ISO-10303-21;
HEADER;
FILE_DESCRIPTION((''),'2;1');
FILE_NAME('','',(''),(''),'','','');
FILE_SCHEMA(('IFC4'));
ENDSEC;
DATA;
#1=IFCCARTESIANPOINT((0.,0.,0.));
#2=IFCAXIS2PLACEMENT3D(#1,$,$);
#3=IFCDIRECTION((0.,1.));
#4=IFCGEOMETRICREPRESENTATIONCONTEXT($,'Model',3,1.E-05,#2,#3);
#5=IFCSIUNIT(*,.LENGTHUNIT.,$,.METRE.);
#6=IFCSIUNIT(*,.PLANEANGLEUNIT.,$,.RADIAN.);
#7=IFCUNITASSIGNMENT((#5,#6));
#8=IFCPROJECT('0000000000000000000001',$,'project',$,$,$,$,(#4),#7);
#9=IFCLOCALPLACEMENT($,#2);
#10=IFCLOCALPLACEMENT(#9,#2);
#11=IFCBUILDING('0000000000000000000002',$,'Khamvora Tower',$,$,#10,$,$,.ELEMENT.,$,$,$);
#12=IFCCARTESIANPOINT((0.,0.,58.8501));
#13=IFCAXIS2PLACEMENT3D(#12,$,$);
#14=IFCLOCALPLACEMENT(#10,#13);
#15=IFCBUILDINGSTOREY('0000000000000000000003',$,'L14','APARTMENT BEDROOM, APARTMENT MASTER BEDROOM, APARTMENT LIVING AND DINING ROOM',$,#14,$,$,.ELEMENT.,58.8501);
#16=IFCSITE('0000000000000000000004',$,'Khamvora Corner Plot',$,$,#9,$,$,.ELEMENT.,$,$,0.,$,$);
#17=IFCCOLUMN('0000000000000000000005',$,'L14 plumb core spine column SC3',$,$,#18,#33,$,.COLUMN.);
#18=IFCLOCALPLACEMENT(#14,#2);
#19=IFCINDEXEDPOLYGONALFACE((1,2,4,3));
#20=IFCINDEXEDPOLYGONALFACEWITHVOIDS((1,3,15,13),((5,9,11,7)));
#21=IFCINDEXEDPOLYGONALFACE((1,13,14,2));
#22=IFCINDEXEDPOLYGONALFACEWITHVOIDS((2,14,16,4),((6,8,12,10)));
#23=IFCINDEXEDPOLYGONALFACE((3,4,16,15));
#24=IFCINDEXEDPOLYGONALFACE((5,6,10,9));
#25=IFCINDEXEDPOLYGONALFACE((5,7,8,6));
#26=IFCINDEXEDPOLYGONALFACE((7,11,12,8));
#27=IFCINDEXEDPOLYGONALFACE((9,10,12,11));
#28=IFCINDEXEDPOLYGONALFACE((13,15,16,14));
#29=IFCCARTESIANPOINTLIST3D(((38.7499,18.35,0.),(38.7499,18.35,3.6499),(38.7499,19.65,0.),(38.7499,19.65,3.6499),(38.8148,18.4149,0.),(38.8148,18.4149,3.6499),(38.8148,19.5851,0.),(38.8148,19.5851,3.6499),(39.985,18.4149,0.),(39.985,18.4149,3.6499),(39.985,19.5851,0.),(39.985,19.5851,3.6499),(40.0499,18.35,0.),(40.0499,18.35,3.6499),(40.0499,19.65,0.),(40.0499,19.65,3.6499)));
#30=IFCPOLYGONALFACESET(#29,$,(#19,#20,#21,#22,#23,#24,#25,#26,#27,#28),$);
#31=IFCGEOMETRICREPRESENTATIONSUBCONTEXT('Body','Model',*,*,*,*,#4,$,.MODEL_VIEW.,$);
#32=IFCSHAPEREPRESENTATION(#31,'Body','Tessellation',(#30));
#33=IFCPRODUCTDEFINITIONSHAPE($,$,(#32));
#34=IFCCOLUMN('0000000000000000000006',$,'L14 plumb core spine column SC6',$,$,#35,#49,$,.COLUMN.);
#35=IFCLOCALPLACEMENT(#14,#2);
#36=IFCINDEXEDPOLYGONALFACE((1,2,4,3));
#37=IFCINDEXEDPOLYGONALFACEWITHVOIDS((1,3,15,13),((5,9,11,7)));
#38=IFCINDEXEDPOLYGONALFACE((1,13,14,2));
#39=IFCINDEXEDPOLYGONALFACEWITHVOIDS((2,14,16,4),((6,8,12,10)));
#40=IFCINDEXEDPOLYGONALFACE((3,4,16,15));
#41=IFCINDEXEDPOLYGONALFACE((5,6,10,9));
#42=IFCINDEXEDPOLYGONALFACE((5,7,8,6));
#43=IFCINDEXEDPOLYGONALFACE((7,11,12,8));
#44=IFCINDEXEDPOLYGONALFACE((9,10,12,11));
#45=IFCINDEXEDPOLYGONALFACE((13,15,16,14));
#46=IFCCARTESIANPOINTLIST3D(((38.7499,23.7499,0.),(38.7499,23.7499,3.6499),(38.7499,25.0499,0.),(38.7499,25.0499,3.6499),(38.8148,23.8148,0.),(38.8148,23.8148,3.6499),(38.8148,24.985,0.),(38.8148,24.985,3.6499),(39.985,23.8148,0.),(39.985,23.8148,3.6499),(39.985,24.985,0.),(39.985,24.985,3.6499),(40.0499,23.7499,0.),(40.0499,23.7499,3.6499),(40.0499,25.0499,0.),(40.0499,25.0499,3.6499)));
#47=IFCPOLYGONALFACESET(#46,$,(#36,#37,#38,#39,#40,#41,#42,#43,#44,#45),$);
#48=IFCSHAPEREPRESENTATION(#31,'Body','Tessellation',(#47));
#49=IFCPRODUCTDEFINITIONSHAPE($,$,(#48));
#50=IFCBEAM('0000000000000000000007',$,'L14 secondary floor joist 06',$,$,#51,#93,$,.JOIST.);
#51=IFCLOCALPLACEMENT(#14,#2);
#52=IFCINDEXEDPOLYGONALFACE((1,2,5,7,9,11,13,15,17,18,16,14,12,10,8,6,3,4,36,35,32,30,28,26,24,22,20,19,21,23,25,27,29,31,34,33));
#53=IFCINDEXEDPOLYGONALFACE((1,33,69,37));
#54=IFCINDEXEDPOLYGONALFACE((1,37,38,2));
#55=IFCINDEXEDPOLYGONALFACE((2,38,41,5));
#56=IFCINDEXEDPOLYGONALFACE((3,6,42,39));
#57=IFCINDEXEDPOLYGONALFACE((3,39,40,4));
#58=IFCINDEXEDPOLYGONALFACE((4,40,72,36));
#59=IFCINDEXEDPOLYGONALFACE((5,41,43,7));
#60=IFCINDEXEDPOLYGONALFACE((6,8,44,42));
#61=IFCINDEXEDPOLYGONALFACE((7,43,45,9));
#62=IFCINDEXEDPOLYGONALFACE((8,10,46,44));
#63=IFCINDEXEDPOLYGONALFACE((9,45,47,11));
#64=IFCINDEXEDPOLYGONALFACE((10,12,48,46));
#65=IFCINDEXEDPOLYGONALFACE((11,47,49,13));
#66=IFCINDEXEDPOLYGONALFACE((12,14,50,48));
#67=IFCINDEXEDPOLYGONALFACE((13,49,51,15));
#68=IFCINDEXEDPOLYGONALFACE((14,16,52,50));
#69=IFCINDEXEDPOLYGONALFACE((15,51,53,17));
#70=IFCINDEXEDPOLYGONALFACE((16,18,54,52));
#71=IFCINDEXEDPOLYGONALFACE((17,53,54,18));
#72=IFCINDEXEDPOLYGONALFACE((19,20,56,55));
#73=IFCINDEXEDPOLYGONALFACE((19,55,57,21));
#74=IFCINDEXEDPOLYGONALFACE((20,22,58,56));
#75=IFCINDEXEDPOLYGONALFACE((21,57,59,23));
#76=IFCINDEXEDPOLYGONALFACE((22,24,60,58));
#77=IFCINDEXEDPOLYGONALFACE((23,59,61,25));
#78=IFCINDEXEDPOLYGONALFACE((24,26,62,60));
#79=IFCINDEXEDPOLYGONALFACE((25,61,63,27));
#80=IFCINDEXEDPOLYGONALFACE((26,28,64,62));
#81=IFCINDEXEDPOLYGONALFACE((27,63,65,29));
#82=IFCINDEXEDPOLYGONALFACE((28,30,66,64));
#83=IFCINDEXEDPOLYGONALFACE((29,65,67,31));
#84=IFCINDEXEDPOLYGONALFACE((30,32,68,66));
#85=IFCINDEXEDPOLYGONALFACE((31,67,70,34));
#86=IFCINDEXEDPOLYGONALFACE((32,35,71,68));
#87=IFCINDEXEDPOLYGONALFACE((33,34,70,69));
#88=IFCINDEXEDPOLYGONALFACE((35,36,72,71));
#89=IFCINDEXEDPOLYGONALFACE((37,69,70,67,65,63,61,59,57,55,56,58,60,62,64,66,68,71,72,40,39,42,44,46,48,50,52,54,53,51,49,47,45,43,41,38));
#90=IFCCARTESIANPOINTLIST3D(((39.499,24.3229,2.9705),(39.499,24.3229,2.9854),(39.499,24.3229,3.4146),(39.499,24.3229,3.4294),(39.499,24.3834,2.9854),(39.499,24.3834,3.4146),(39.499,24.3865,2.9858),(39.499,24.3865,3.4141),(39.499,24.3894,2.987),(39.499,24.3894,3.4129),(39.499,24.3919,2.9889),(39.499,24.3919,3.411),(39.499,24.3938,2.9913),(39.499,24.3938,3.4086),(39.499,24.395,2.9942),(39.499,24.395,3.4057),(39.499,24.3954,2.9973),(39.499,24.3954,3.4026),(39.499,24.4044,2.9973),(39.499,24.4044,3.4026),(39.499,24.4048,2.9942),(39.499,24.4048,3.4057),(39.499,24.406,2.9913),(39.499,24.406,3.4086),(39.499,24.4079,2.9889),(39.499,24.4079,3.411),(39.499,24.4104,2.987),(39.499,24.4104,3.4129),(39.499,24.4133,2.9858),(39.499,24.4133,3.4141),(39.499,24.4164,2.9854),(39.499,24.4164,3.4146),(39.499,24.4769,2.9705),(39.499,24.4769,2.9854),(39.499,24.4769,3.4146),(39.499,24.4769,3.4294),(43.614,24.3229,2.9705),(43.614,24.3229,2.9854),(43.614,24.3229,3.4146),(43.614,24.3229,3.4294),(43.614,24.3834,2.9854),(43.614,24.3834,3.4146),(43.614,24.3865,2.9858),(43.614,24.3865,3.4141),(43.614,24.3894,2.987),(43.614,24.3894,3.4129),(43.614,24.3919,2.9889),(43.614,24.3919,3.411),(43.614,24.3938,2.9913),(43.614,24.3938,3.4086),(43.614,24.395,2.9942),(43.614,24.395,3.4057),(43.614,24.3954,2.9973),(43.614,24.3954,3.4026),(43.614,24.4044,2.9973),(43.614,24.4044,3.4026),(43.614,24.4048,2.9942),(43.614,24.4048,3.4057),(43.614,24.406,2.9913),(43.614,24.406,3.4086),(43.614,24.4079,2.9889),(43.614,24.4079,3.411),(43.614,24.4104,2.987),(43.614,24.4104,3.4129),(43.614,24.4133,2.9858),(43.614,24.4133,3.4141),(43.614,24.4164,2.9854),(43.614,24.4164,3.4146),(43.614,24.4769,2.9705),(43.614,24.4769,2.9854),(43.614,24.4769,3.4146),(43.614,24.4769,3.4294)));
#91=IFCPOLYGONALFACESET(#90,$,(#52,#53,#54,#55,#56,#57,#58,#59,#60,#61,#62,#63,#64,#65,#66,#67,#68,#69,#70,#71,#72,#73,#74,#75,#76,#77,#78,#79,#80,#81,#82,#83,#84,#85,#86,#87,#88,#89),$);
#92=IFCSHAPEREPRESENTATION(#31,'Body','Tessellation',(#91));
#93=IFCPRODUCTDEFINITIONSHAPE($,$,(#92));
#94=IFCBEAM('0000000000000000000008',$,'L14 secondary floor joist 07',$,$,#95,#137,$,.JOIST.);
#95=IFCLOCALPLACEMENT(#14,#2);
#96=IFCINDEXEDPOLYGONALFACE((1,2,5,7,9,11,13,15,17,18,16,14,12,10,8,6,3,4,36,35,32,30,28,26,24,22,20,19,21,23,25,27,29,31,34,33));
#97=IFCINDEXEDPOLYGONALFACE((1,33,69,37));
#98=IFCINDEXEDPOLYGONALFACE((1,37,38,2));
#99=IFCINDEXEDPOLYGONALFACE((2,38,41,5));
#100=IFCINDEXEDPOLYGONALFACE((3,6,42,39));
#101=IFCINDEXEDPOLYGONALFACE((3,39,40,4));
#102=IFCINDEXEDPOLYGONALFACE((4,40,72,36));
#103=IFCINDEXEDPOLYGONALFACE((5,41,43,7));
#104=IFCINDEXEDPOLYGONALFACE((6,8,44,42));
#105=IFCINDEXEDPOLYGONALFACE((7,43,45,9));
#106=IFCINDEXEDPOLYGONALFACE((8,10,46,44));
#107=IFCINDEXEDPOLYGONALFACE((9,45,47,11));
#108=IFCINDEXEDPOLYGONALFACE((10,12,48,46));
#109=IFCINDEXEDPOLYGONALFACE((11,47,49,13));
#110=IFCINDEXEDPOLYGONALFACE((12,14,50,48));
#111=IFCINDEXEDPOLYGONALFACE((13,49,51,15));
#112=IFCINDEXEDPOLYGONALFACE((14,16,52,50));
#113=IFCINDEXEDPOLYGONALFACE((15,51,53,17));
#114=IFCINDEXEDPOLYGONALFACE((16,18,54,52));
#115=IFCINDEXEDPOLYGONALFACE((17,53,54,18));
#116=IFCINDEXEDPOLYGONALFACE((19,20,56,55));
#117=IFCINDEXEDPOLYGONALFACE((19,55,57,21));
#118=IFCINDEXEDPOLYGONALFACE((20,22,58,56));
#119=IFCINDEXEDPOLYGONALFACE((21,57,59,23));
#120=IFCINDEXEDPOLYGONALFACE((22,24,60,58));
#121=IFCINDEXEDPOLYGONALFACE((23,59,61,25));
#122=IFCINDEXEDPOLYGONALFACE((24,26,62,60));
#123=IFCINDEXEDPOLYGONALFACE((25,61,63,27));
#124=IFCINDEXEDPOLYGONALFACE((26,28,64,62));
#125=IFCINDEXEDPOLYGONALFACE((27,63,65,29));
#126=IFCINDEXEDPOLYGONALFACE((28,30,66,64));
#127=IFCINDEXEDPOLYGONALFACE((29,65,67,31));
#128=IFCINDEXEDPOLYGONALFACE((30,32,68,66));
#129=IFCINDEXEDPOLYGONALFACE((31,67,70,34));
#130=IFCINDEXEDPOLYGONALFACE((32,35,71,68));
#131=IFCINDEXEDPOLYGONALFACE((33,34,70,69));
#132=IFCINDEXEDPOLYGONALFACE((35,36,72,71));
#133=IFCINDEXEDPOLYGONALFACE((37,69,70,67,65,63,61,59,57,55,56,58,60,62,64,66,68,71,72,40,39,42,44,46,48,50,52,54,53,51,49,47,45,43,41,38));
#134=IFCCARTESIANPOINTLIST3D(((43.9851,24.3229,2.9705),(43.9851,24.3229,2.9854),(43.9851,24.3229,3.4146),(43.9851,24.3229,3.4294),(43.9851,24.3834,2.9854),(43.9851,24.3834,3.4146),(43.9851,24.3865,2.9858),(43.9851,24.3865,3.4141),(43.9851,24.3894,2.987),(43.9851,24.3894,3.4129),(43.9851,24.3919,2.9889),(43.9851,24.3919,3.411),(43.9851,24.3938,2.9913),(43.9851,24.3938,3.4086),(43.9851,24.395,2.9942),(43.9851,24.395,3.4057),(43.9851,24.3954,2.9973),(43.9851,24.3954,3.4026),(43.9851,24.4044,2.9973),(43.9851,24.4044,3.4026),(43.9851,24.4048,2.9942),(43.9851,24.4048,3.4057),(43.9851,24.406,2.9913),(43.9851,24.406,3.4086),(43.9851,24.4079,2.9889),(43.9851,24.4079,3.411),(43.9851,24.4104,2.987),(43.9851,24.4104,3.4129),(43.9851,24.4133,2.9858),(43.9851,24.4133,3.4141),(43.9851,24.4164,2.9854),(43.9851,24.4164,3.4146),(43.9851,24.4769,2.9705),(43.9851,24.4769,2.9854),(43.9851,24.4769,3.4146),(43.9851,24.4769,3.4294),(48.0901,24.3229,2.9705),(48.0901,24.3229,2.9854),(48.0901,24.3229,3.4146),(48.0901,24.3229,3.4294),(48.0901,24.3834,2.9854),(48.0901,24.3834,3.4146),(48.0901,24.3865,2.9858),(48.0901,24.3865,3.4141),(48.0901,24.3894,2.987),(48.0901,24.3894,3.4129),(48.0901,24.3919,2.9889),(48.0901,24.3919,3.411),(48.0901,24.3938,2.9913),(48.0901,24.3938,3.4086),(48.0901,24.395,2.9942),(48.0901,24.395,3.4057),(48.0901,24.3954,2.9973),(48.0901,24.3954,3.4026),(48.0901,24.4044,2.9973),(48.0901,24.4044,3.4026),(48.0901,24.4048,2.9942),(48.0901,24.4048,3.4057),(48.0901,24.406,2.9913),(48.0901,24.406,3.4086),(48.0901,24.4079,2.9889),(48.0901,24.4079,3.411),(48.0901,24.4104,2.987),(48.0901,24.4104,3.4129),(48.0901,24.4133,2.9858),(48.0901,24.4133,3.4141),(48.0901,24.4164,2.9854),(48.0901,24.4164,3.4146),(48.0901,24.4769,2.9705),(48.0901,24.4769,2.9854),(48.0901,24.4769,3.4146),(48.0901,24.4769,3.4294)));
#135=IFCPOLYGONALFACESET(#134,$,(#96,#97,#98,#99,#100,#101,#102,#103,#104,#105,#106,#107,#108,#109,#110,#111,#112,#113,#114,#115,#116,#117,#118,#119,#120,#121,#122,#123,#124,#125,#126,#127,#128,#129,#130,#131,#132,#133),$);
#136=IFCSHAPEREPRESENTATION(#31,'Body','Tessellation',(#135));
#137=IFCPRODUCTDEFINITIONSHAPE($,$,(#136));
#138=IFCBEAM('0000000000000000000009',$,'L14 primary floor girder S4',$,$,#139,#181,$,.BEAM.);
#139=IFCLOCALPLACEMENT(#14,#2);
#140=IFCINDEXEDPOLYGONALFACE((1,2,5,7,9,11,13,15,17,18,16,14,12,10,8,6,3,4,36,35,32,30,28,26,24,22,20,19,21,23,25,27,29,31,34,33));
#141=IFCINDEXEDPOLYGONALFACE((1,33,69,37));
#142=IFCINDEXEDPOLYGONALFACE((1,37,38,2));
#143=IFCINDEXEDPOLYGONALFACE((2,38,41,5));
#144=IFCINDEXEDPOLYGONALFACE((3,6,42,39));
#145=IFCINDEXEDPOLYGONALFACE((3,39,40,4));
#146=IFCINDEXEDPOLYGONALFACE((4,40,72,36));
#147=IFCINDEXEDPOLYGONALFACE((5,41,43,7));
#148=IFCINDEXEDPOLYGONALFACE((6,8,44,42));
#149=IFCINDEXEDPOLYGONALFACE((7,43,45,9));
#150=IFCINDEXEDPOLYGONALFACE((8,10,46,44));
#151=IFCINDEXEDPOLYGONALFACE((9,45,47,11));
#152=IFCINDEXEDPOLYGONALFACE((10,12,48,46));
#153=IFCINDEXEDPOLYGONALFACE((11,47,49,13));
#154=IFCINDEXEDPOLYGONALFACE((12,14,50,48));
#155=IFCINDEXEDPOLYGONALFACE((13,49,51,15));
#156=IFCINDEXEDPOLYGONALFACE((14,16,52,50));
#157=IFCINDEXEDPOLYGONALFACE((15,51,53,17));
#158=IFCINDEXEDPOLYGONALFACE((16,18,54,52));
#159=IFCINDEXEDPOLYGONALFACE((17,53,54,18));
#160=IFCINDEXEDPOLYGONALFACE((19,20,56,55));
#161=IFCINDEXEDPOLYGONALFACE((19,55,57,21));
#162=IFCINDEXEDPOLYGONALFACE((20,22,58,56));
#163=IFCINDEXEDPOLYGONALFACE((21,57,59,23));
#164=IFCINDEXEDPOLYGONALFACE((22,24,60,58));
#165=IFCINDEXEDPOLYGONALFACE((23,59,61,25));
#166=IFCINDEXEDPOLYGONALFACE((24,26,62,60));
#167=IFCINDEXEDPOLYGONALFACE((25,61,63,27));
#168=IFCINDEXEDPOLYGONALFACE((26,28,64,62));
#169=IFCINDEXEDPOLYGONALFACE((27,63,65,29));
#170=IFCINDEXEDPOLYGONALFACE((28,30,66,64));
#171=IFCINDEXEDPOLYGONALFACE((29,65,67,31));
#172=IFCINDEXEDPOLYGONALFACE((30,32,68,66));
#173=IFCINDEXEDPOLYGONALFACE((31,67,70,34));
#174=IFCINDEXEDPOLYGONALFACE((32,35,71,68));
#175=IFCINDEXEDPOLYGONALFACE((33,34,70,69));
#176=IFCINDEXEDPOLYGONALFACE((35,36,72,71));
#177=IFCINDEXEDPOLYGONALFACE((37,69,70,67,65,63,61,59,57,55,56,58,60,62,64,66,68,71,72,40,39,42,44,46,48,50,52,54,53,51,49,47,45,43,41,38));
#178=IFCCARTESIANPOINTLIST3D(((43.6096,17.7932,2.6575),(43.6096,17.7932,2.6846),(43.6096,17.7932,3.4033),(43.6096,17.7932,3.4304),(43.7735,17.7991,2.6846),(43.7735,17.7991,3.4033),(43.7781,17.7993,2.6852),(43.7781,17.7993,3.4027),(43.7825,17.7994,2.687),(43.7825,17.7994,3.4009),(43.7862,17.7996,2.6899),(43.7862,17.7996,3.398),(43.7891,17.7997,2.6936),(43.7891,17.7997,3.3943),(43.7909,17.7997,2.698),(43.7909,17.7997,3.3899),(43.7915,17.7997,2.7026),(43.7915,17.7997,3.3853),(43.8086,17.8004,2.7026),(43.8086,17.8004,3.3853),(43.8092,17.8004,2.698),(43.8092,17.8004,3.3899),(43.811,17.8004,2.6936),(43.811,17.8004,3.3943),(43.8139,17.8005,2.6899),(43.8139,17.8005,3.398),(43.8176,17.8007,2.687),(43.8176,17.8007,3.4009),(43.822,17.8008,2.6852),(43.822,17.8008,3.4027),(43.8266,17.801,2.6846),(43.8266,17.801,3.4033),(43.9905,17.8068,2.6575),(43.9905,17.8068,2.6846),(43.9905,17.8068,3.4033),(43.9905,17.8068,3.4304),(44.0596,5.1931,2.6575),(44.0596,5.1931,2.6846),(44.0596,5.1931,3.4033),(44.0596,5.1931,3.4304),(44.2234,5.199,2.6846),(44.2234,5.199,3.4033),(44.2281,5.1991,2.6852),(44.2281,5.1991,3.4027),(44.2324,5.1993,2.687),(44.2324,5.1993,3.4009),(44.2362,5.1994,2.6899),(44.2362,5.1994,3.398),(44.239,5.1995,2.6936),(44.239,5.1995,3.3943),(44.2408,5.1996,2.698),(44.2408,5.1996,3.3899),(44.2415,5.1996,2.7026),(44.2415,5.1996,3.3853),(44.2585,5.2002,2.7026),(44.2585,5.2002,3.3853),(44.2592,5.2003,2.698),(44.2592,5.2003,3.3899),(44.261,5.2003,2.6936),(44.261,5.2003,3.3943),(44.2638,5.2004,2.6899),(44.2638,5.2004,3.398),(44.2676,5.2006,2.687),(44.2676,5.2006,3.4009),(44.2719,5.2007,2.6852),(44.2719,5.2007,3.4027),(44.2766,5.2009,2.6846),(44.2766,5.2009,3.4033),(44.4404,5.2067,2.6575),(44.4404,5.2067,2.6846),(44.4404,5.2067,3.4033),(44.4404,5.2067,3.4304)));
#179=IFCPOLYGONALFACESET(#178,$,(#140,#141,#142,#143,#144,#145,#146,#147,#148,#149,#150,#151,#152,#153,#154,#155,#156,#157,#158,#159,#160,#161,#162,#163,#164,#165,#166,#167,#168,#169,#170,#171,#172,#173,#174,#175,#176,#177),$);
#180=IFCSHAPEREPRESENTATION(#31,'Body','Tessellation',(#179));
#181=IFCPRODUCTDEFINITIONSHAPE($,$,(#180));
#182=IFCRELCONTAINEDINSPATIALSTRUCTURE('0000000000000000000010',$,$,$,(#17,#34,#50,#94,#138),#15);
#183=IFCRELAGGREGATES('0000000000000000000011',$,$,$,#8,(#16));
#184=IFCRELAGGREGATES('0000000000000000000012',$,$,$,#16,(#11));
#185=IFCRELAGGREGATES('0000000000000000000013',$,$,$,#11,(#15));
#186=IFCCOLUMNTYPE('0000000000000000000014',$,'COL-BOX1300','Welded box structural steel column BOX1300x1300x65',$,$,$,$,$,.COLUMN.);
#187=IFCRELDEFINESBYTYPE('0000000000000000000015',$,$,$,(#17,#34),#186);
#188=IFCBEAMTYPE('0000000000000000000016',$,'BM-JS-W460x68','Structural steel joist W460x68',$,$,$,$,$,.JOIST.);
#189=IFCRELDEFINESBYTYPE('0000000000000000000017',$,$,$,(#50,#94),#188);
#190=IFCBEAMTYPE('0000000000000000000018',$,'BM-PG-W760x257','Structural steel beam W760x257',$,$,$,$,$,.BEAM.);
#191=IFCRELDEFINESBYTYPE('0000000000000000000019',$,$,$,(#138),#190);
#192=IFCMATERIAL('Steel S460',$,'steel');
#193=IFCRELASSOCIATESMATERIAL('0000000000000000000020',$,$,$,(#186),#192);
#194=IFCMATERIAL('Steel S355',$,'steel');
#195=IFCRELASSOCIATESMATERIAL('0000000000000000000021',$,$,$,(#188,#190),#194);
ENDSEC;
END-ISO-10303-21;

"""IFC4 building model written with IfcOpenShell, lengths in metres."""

from ifc_helpers import new_model, si_unit, direction, frame, origin, origin_2d, place, context, subcontext, project, spatial, hollow_rectangle, i_section, extrude, material, material_profile, profile_set, type_object, element, save


model = new_model("IFC4")

# Units and contexts
model_context = context("Model", 3, precision=1e-05, world=origin(), true_north=direction((0.0, 1.0)))
body_context = subcontext(model_context, "Body", "Model", "MODEL_VIEW")
ifc_project = project(units=[si_unit("LENGTHUNIT", "METRE"), si_unit("PLANEANGLEUNIT", "RADIAN")], contexts=[model_context])

# Site, building, storey
site_placement = place(None, origin())
site = spatial("IfcSite", under=ifc_project, at=site_placement, Name="Khamvora Corner Plot", CompositionType="ELEMENT", RefElevation=0.0)
building_placement = place(site_placement, origin())
building = spatial("IfcBuilding", under=site, at=building_placement, Name="Khamvora Tower", CompositionType="ELEMENT")
storey_placement = place(building_placement, frame((0.0, 0.0, 58.8501)))
storey = spatial("IfcBuildingStorey", under=building, at=storey_placement, Name="L14", Description="APARTMENT BEDROOM, APARTMENT MASTER BEDROOM, APARTMENT LIVING AND DINING ROOM", CompositionType="ELEMENT", Elevation=58.8501)

# Columns
ifc_material_1 = material(Name="Steel S460", Category="steel")
ifc_material_profile_1 = material_profile(ifc_material_1, hollow_rectangle(XDim=1.3, YDim=1.3, WallThickness=0.0649, at=origin_2d()), Name="BOX1300x1300x65")
ifc_profile_set_1 = profile_set([ifc_material_profile_1], Name="Steel S460")
column_type = type_object("IfcColumnType", Name="COL-BOX1300", Description="Welded box structural steel column BOX1300x1300x65", PredefinedType="COLUMN", material=ifc_profile_set_1)
for number, where, z_axis, x_axis, name in (
    (1, (39.3999, 19.0, 0.0), (0.0, 0.0, 1.0), (1.0, 0.0, 0.0), "L14 plumb core spine column SC3"),
    (2, (39.3999, 24.3999, 0.0), (0.0, 0.0, 1.0), (1.0, 0.0, 0.0), "L14 plumb core spine column SC6"),
):
    element("IfcColumn", number, at=place(storey_placement, frame(where, z_axis=z_axis, x_axis=x_axis)), inside=storey, type_object=column_type, Name=name, PredefinedType="COLUMN", context=body_context, shape_type="SweptSolid", body=[
        extrude(hollow_rectangle(XDim=1.3, YDim=1.3, WallThickness=0.0649, at=origin_2d()), origin(), (0.0, 0.0, 1.0), 3.6499),
    ])

# Beams
ifc_material_2 = material(Name="Steel S355", Category="steel")
ifc_material_profile_2 = material_profile(ifc_material_2, i_section(OverallWidth=0.1541, OverallDepth=0.459, WebThickness=0.009, FlangeThickness=0.0149, FilletRadius=0.012, at=origin_2d()), Name="W460x68")
ifc_profile_set_2 = profile_set([ifc_material_profile_2], Name="Steel S355")
beam_type_1 = type_object("IfcBeamType", Name="BM-JS-W460x68", Description="Structural steel joist W460x68", PredefinedType="JOIST", material=ifc_profile_set_2)
beam_1_placement = place(storey_placement, frame((39.499, 24.3999, 3.2), z_axis=(1.0, 0.0, 0.0), x_axis=(0.0, 1.0, 0.0)))
element("IfcBeam", 3, at=beam_1_placement, inside=storey, type_object=beam_type_1, Name="L14 secondary floor joist 06", PredefinedType="JOIST", context=body_context, shape_type="SweptSolid", body=[
    extrude(i_section(OverallWidth=0.1541, OverallDepth=0.459, WebThickness=0.009, FlangeThickness=0.0149, FilletRadius=0.012, at=origin_2d()), origin(), (0.0, 0.0, 1.0), 4.115),
])
beam_2_placement = place(storey_placement, frame((43.9851, 24.3999, 3.2), z_axis=(1.0, 0.0, 0.0), x_axis=(0.0, 1.0, 0.0)))
element("IfcBeam", 4, at=beam_2_placement, inside=storey, type_object=beam_type_1, Name="L14 secondary floor joist 07", PredefinedType="JOIST", context=body_context, shape_type="SweptSolid", body=[
    extrude(i_section(OverallWidth=0.1541, OverallDepth=0.459, WebThickness=0.009, FlangeThickness=0.0149, FilletRadius=0.012, at=origin_2d()), origin(), (0.0, 0.0, 1.0), 4.105),
])
ifc_material_profile_3 = material_profile(ifc_material_2, i_section(OverallWidth=0.3811, OverallDepth=0.7729, WebThickness=0.0171, FlangeThickness=0.0271, FilletRadius=0.0181, at=origin_2d()), Name="W760x257")
ifc_profile_set_3 = profile_set([ifc_material_profile_3], Name="Steel S355")
beam_type_2 = type_object("IfcBeamType", Name="BM-PG-W760x257", Description="Structural steel beam W760x257", PredefinedType="BEAM", material=ifc_profile_set_3)
beam_3_placement = place(storey_placement, frame((43.8, 17.8, 3.0439), z_axis=(0.035687, -0.999363, 0.0), x_axis=(0.999363, 0.035687, 0.0)))
element("IfcBeam", 5, at=beam_3_placement, inside=storey, type_object=beam_type_2, Name="L14 primary floor girder S4", PredefinedType="BEAM", context=body_context, shape_type="SweptSolid", body=[
    extrude(i_section(OverallWidth=0.3811, OverallDepth=0.7729, WebThickness=0.0171, FlangeThickness=0.0271, FilletRadius=0.0181, at=origin_2d()), origin(), (0.0, 0.0, 1.0), 12.6082),
])

save(model, "model.ifc")
